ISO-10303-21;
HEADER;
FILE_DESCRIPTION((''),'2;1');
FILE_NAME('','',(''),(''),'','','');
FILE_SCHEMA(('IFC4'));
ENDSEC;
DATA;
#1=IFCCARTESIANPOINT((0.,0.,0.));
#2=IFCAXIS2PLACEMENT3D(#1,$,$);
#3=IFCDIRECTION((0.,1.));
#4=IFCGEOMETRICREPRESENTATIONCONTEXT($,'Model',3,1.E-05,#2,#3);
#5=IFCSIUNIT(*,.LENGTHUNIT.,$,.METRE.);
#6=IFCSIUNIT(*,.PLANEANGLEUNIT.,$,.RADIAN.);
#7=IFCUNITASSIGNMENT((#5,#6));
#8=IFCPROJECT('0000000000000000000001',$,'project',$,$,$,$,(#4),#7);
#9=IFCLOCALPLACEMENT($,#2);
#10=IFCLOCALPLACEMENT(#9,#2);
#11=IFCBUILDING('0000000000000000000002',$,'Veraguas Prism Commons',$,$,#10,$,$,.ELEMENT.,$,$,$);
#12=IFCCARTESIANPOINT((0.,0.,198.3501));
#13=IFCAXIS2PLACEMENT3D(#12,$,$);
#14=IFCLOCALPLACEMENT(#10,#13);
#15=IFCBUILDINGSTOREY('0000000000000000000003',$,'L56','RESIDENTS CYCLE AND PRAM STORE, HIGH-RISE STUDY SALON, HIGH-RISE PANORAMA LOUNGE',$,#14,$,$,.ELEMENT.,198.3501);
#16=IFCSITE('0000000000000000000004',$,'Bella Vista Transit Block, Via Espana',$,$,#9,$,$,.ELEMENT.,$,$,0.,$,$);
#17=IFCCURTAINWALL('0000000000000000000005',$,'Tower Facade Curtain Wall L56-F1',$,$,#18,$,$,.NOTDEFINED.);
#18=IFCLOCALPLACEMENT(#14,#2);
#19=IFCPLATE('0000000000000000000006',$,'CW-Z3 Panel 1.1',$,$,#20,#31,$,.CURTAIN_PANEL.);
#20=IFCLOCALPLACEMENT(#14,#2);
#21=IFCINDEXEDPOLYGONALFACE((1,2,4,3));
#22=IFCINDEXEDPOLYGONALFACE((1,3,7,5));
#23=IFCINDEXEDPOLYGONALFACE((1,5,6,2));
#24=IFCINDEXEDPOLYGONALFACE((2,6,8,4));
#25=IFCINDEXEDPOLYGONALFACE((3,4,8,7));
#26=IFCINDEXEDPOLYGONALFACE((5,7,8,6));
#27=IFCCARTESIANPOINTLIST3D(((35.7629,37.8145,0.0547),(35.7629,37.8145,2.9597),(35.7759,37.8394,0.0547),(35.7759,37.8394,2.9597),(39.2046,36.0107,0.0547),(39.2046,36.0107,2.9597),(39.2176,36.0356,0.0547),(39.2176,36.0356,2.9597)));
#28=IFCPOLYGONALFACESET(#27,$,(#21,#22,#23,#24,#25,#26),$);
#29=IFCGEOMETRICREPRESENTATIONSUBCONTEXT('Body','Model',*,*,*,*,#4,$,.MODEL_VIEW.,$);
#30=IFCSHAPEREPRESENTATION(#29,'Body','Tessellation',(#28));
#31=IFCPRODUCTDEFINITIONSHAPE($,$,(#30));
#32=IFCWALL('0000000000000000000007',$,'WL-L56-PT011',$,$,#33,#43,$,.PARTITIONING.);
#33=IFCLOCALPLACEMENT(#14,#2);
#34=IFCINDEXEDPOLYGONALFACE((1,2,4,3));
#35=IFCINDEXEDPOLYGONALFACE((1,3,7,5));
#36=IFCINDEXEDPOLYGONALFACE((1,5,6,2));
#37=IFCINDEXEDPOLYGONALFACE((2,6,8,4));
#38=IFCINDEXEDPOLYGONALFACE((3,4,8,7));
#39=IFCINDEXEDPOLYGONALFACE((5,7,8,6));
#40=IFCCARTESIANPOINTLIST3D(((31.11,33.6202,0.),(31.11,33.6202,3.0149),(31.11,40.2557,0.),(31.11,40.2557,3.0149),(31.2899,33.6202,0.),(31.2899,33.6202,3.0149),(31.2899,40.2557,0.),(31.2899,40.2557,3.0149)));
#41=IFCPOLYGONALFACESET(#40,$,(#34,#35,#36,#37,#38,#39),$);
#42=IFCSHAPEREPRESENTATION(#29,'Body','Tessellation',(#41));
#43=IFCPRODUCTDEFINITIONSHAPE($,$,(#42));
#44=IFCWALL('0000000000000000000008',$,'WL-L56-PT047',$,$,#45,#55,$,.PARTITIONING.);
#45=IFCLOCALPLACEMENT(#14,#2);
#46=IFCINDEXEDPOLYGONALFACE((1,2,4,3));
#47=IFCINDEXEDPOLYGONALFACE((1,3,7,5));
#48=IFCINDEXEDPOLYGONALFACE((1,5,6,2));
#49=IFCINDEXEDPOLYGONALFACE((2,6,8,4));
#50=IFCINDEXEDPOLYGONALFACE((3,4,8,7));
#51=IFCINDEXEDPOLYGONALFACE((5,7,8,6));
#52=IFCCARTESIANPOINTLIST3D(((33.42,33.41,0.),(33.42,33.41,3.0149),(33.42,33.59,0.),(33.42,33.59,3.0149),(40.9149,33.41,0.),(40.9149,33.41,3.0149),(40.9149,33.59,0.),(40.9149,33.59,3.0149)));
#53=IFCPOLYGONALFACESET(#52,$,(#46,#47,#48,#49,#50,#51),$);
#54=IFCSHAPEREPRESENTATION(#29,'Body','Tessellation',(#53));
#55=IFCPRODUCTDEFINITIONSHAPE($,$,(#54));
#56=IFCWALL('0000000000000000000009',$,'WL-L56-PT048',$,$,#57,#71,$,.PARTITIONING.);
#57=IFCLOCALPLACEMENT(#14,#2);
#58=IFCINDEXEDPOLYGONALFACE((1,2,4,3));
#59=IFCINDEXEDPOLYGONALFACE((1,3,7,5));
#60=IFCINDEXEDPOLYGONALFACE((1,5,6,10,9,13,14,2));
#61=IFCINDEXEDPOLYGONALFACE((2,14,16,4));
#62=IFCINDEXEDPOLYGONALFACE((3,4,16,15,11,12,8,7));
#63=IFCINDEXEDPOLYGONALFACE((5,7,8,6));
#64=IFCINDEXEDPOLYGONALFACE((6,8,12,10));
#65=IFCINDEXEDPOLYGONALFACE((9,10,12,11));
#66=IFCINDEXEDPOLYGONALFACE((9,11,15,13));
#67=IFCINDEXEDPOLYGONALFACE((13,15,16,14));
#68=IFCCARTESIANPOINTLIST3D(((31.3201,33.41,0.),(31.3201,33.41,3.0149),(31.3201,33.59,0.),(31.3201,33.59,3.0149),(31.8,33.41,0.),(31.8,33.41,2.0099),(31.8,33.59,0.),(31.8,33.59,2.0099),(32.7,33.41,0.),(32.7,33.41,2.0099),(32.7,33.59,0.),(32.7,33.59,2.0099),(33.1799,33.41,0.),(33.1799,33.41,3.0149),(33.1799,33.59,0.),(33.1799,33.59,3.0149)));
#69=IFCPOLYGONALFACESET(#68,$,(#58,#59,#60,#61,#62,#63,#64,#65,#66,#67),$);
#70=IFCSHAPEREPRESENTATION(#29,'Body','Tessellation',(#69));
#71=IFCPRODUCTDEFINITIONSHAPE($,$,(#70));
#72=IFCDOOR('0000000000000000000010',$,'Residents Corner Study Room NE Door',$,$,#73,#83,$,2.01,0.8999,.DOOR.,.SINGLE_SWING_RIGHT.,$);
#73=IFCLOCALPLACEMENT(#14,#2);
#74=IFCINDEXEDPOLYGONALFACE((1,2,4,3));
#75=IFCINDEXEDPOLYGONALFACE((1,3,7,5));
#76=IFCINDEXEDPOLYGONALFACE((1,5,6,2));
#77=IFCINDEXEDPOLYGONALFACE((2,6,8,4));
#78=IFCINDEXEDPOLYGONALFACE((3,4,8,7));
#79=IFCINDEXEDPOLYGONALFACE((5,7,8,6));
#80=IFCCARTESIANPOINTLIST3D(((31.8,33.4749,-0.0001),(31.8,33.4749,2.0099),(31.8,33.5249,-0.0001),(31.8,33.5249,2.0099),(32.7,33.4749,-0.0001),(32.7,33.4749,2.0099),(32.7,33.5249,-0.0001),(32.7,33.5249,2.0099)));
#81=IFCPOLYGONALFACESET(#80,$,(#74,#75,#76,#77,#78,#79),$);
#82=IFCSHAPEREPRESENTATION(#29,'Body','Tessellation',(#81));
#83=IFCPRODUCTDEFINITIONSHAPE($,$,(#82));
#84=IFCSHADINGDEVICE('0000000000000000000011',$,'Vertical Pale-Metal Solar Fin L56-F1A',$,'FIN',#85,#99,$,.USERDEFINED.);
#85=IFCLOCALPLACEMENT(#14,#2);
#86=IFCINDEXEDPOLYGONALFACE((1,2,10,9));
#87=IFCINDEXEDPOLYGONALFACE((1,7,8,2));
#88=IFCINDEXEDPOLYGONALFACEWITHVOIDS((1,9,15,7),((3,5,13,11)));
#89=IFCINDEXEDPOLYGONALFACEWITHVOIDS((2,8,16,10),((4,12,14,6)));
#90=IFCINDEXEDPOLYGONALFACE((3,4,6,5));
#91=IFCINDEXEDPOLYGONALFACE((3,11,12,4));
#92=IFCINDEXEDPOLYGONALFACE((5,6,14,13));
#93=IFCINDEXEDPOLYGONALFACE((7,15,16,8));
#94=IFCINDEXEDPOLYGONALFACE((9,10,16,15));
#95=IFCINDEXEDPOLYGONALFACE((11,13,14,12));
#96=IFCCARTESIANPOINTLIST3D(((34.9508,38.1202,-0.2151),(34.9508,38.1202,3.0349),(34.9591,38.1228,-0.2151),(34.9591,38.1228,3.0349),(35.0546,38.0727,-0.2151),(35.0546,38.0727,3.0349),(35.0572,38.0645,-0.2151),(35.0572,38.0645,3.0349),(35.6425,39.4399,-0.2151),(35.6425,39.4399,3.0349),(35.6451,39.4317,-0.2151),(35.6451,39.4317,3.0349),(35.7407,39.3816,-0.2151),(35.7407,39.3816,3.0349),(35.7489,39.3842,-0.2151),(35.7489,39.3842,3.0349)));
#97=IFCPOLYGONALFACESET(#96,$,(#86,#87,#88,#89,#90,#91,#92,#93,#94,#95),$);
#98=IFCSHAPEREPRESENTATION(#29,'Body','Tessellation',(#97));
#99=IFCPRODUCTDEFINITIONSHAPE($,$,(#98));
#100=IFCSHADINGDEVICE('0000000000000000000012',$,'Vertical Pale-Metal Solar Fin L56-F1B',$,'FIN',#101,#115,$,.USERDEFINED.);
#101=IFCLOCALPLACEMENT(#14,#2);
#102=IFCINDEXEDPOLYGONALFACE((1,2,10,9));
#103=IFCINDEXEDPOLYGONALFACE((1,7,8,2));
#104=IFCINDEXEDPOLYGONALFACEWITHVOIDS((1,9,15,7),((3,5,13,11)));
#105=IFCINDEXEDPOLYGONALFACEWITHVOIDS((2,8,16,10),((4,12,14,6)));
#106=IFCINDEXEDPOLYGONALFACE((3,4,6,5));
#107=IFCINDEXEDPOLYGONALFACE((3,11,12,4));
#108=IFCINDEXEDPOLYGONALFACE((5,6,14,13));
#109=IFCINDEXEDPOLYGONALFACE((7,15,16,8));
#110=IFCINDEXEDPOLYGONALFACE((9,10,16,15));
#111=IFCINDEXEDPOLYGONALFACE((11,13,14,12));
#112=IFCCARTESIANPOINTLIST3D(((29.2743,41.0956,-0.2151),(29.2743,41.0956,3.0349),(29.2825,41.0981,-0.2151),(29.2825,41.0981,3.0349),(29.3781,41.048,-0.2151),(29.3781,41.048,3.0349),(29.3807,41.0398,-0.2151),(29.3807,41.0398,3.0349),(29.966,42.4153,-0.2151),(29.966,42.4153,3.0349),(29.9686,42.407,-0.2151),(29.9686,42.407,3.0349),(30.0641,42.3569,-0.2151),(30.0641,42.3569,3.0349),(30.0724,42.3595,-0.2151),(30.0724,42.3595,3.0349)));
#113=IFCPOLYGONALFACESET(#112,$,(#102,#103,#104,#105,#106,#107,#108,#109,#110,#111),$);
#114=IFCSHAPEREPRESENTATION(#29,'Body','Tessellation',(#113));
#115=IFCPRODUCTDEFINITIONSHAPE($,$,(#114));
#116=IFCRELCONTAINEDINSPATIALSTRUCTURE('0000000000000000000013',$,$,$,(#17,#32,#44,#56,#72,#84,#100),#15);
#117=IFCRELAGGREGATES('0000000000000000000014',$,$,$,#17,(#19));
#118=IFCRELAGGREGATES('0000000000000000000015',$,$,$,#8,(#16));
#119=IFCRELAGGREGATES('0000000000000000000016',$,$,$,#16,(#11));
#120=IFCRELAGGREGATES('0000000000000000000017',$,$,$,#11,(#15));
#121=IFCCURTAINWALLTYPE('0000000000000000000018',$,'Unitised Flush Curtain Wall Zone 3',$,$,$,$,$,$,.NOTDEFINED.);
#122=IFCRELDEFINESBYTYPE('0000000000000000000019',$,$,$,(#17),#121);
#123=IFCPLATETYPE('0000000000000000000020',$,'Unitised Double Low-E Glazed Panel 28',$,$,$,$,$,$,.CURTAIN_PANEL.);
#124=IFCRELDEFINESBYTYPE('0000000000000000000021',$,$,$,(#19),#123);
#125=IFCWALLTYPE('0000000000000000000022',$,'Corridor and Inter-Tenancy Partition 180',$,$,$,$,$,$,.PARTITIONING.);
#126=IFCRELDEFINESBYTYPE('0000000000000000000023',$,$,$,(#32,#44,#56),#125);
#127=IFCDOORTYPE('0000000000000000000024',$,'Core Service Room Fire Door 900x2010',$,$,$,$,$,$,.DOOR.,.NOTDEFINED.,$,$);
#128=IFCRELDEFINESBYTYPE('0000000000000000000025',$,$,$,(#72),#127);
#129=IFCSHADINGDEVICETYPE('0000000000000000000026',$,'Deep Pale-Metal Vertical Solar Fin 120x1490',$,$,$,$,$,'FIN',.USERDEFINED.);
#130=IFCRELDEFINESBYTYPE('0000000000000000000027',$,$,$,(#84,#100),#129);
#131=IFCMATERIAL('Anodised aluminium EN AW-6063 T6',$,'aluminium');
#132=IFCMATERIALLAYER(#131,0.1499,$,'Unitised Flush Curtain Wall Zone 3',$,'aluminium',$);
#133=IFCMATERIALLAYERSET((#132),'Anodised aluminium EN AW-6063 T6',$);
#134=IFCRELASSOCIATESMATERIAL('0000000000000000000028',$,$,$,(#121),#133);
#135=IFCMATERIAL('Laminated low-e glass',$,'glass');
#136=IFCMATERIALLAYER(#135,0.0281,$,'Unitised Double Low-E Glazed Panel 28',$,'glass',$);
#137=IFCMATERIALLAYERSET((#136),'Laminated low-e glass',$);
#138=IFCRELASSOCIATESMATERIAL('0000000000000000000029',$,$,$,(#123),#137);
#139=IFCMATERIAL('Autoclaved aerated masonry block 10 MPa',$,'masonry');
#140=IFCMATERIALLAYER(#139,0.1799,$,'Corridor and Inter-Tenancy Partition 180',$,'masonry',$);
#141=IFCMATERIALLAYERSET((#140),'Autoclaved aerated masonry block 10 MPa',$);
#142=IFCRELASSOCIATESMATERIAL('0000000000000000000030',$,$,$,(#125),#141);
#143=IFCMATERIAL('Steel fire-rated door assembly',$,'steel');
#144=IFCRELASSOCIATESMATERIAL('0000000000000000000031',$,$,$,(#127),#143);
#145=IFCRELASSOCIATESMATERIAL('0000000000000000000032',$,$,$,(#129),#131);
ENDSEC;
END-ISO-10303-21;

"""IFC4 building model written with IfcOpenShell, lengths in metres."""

from ifc_helpers import new_model, si_unit, direction, frame, frame_2d, origin, origin_2d, place, context, subcontext, project, spatial, rectangle, hollow_rectangle, extrude, source, transform, mapped, material, layer, layer_set, material_profile, profile_set, type_object, element, fill, aggregate, save


model = new_model("IFC4")

# Units and contexts
model_context = context("Model", 3, precision=1e-05, world=origin(), true_north=direction((0.0, 1.0)))
body_context = subcontext(model_context, "Body", "Model", "MODEL_VIEW")
ifc_project = project(units=[si_unit("LENGTHUNIT", "METRE"), si_unit("PLANEANGLEUNIT", "RADIAN")], contexts=[model_context])

# Site, building, storey
site_placement = place(None, origin())
site = spatial("IfcSite", under=ifc_project, at=site_placement, Name="Bella Vista Transit Block, Via Espana", CompositionType="ELEMENT", RefElevation=0.0)
building_placement = place(site_placement, origin())
building = spatial("IfcBuilding", under=site, at=building_placement, Name="Veraguas Prism Commons", CompositionType="ELEMENT")
storey_placement = place(building_placement, frame((0.0, 0.0, 198.3501)))
storey = spatial("IfcBuildingStorey", under=building, at=storey_placement, Name="L56", Description="RESIDENTS CYCLE AND PRAM STORE, HIGH-RISE STUDY SALON, HIGH-RISE PANORAMA LOUNGE", CompositionType="ELEMENT", Elevation=198.3501)

# Curtain wall, plate
ifc_material_1 = material(Name="Anodised aluminium EN AW-6063 T6", Category="aluminium")
ifc_layer_1 = layer(ifc_material_1, 0.1499, Name="Unitised Flush Curtain Wall Zone 3", Category="aluminium")
ifc_layer_set_1 = layer_set([ifc_layer_1], Name="Anodised aluminium EN AW-6063 T6")
curtain_wall_type = type_object("IfcCurtainWallType", Name="Unitised Flush Curtain Wall Zone 3", PredefinedType="NOTDEFINED", material=ifc_layer_set_1)
curtain_wall_placement = place(storey_placement, origin())
curtain_wall = element("IfcCurtainWall", 1, at=curtain_wall_placement, inside=storey, type_object=curtain_wall_type, Name="Tower Facade Curtain Wall L56-F1", PredefinedType="NOTDEFINED")
ifc_material_2 = material(Name="Laminated low-e glass", Category="glass")
ifc_layer_2 = layer(ifc_material_2, 0.0281, Name="Unitised Double Low-E Glazed Panel 28", Category="glass")
ifc_layer_set_2 = layer_set([ifc_layer_2], Name="Laminated low-e glass")
plate_type = type_object("IfcPlateType", Name="Unitised Double Low-E Glazed Panel 28", PredefinedType="CURTAIN_PANEL", material=ifc_layer_set_2)
shared_shape_1 = source(origin(), body_context, "Body", "SweptSolid", [
    extrude(rectangle(XDim=3.8857, YDim=0.0281, at=origin_2d()), origin(), (0.0, 0.0, 1.0), 2.905),
])
plate_1_placement = place(storey_placement, frame((37.4902, 36.925, 0.0547), z_axis=(0.0, 0.0, 1.0), x_axis=(-0.885722, 0.464216, 0.0)))
plate_1 = element("IfcPlate", 2, at=plate_1_placement, type_object=plate_type, Name="CW-Z3 Panel 1.1", PredefinedType="CURTAIN_PANEL", context=body_context, shape_type="MappedRepresentation", body=[
    mapped(shared_shape_1, transform((0.0, 0.0, 0.0), scale=1.0)),
])
aggregate(curtain_wall, [plate_1])

# Walls
ifc_material_3 = material(Name="Autoclaved aerated masonry block 10 MPa", Category="masonry")
ifc_layer_3 = layer(ifc_material_3, 0.1799, Name="Corridor and Inter-Tenancy Partition 180", Category="masonry")
ifc_layer_set_3 = layer_set([ifc_layer_3], Name="Autoclaved aerated masonry block 10 MPa")
wall_type = type_object("IfcWallType", Name="Corridor and Inter-Tenancy Partition 180", PredefinedType="PARTITIONING", material=ifc_layer_set_3)
wall_1_placement = place(storey_placement, frame((31.2, 33.6201, 0.0), z_axis=(0.0, 0.0, 1.0), x_axis=(0.0, 1.0, 0.0)))
element("IfcWall", 3, at=wall_1_placement, inside=storey, type_object=wall_type, Name="WL-L56-PT011", PredefinedType="PARTITIONING", context=body_context, shape_type="SweptSolid", body=[
    extrude(rectangle(XDim=6.6355, YDim=0.1799, at=frame_2d((3.3179, 0.0))), origin(), (0.0, 0.0, 1.0), 3.0149),
])
wall_2_placement = place(storey_placement, frame((33.4199, 33.5, 0.0), z_axis=(0.0, 0.0, 1.0), x_axis=(1.0, 0.0, 0.0)))
element("IfcWall", 4, at=wall_2_placement, inside=storey, type_object=wall_type, Name="WL-L56-PT047", PredefinedType="PARTITIONING", context=body_context, shape_type="SweptSolid", body=[
    extrude(rectangle(XDim=7.4949, YDim=0.1799, at=frame_2d((3.7476, 0.0))), origin(), (0.0, 0.0, 1.0), 3.0149),
])

# Wall, opening, door
wall_3_placement = place(storey_placement, frame((31.3201, 33.5, 0.0), z_axis=(0.0, 0.0, 1.0), x_axis=(1.0, 0.0, 0.0)))
wall_3 = element("IfcWall", 5, at=wall_3_placement, inside=storey, type_object=wall_type, Name="WL-L56-PT048", PredefinedType="PARTITIONING", context=body_context, shape_type="SweptSolid", body=[
    extrude(rectangle(XDim=1.8599, YDim=0.1799, at=frame_2d((0.9299, 0.0))), origin(), (0.0, 0.0, 1.0), 3.0149),
])
opening_placement = place(wall_3_placement, frame((0.48, 0.0, 0.0)))
opening = element("IfcOpeningElement", 6, at=opening_placement, cuts=wall_3, PredefinedType="OPENING", context=body_context, shape_type="SweptSolid", body=[
    extrude(rectangle(XDim=0.8999, YDim=2.01, at=frame_2d((0.45, 1.0049))), frame((0.0, 0.0999, 0.0), z_axis=(0.0, -1.0, 0.0), x_axis=(1.0, 0.0, 0.0)), (0.0, 0.0, 1.0), 0.2),
])
ifc_material_4 = material(Name="Steel fire-rated door assembly", Category="steel")
door_type = type_object("IfcDoorType", Name="Core Service Room Fire Door 900x2010", OperationType="NOTDEFINED", PredefinedType="DOOR", material=ifc_material_4)
shared_shape_2 = source(origin(), body_context, "Body", "SweptSolid", [
    extrude(rectangle(XDim=0.8999, YDim=2.01, at=frame_2d((0.45, 1.0049))), frame((0.0, 0.0249, 0.0), z_axis=(0.0, -1.0, 0.0), x_axis=(1.0, 0.0, 0.0)), (0.0, 0.0, 1.0), 0.05),
])
door_placement = place(opening_placement, origin())
door = element("IfcDoor", 7, at=door_placement, inside=storey, type_object=door_type, Name="Residents Corner Study Room NE Door", OperationType="SINGLE_SWING_RIGHT", OverallHeight=2.01, OverallWidth=0.8999, PredefinedType="DOOR", context=body_context, shape_type="MappedRepresentation", body=[
    mapped(shared_shape_2, transform((0.0, 0.0, 0.0), scale=1.0)),
])
fill(opening, door)

# Shading devices
ifc_material_profile_1 = material_profile(ifc_material_1, hollow_rectangle(XDim=0.1201, YDim=1.49, WallThickness=0.0061, at=origin_2d()), Name="FIN120X1490X6")
ifc_profile_set_1 = profile_set([ifc_material_profile_1], Name="Anodised aluminium EN AW-6063 T6")
shading_device_type = type_object("IfcShadingDeviceType", Name="Deep Pale-Metal Vertical Solar Fin 120x1490", ElementType="FIN", PredefinedType="USERDEFINED", material=ifc_profile_set_1)
for number, where, z_axis, x_axis, name in (
    (8, (35.3499, 38.7522, -0.2151), (0.0, 0.0, 1.0), (-0.885719, 0.464222, 0.0), "Vertical Pale-Metal Solar Fin L56-F1A"),
    (9, (29.6733, 41.7275, -0.2151), (0.0, 0.0, 1.0), (-0.885719, 0.464222, 0.0), "Vertical Pale-Metal Solar Fin L56-F1B"),
):
    element("IfcShadingDevice", number, at=place(storey_placement, frame(where, z_axis=z_axis, x_axis=x_axis)), inside=storey, type_object=shading_device_type, Name=name, ObjectType="FIN", PredefinedType="USERDEFINED", context=body_context, shape_type="SweptSolid", body=[
        extrude(hollow_rectangle(XDim=0.1201, YDim=1.49, WallThickness=0.0061, at=origin_2d()), origin(), (0.0, 0.0, 1.0), 3.25),
    ])

save(model, "model.ifc")
